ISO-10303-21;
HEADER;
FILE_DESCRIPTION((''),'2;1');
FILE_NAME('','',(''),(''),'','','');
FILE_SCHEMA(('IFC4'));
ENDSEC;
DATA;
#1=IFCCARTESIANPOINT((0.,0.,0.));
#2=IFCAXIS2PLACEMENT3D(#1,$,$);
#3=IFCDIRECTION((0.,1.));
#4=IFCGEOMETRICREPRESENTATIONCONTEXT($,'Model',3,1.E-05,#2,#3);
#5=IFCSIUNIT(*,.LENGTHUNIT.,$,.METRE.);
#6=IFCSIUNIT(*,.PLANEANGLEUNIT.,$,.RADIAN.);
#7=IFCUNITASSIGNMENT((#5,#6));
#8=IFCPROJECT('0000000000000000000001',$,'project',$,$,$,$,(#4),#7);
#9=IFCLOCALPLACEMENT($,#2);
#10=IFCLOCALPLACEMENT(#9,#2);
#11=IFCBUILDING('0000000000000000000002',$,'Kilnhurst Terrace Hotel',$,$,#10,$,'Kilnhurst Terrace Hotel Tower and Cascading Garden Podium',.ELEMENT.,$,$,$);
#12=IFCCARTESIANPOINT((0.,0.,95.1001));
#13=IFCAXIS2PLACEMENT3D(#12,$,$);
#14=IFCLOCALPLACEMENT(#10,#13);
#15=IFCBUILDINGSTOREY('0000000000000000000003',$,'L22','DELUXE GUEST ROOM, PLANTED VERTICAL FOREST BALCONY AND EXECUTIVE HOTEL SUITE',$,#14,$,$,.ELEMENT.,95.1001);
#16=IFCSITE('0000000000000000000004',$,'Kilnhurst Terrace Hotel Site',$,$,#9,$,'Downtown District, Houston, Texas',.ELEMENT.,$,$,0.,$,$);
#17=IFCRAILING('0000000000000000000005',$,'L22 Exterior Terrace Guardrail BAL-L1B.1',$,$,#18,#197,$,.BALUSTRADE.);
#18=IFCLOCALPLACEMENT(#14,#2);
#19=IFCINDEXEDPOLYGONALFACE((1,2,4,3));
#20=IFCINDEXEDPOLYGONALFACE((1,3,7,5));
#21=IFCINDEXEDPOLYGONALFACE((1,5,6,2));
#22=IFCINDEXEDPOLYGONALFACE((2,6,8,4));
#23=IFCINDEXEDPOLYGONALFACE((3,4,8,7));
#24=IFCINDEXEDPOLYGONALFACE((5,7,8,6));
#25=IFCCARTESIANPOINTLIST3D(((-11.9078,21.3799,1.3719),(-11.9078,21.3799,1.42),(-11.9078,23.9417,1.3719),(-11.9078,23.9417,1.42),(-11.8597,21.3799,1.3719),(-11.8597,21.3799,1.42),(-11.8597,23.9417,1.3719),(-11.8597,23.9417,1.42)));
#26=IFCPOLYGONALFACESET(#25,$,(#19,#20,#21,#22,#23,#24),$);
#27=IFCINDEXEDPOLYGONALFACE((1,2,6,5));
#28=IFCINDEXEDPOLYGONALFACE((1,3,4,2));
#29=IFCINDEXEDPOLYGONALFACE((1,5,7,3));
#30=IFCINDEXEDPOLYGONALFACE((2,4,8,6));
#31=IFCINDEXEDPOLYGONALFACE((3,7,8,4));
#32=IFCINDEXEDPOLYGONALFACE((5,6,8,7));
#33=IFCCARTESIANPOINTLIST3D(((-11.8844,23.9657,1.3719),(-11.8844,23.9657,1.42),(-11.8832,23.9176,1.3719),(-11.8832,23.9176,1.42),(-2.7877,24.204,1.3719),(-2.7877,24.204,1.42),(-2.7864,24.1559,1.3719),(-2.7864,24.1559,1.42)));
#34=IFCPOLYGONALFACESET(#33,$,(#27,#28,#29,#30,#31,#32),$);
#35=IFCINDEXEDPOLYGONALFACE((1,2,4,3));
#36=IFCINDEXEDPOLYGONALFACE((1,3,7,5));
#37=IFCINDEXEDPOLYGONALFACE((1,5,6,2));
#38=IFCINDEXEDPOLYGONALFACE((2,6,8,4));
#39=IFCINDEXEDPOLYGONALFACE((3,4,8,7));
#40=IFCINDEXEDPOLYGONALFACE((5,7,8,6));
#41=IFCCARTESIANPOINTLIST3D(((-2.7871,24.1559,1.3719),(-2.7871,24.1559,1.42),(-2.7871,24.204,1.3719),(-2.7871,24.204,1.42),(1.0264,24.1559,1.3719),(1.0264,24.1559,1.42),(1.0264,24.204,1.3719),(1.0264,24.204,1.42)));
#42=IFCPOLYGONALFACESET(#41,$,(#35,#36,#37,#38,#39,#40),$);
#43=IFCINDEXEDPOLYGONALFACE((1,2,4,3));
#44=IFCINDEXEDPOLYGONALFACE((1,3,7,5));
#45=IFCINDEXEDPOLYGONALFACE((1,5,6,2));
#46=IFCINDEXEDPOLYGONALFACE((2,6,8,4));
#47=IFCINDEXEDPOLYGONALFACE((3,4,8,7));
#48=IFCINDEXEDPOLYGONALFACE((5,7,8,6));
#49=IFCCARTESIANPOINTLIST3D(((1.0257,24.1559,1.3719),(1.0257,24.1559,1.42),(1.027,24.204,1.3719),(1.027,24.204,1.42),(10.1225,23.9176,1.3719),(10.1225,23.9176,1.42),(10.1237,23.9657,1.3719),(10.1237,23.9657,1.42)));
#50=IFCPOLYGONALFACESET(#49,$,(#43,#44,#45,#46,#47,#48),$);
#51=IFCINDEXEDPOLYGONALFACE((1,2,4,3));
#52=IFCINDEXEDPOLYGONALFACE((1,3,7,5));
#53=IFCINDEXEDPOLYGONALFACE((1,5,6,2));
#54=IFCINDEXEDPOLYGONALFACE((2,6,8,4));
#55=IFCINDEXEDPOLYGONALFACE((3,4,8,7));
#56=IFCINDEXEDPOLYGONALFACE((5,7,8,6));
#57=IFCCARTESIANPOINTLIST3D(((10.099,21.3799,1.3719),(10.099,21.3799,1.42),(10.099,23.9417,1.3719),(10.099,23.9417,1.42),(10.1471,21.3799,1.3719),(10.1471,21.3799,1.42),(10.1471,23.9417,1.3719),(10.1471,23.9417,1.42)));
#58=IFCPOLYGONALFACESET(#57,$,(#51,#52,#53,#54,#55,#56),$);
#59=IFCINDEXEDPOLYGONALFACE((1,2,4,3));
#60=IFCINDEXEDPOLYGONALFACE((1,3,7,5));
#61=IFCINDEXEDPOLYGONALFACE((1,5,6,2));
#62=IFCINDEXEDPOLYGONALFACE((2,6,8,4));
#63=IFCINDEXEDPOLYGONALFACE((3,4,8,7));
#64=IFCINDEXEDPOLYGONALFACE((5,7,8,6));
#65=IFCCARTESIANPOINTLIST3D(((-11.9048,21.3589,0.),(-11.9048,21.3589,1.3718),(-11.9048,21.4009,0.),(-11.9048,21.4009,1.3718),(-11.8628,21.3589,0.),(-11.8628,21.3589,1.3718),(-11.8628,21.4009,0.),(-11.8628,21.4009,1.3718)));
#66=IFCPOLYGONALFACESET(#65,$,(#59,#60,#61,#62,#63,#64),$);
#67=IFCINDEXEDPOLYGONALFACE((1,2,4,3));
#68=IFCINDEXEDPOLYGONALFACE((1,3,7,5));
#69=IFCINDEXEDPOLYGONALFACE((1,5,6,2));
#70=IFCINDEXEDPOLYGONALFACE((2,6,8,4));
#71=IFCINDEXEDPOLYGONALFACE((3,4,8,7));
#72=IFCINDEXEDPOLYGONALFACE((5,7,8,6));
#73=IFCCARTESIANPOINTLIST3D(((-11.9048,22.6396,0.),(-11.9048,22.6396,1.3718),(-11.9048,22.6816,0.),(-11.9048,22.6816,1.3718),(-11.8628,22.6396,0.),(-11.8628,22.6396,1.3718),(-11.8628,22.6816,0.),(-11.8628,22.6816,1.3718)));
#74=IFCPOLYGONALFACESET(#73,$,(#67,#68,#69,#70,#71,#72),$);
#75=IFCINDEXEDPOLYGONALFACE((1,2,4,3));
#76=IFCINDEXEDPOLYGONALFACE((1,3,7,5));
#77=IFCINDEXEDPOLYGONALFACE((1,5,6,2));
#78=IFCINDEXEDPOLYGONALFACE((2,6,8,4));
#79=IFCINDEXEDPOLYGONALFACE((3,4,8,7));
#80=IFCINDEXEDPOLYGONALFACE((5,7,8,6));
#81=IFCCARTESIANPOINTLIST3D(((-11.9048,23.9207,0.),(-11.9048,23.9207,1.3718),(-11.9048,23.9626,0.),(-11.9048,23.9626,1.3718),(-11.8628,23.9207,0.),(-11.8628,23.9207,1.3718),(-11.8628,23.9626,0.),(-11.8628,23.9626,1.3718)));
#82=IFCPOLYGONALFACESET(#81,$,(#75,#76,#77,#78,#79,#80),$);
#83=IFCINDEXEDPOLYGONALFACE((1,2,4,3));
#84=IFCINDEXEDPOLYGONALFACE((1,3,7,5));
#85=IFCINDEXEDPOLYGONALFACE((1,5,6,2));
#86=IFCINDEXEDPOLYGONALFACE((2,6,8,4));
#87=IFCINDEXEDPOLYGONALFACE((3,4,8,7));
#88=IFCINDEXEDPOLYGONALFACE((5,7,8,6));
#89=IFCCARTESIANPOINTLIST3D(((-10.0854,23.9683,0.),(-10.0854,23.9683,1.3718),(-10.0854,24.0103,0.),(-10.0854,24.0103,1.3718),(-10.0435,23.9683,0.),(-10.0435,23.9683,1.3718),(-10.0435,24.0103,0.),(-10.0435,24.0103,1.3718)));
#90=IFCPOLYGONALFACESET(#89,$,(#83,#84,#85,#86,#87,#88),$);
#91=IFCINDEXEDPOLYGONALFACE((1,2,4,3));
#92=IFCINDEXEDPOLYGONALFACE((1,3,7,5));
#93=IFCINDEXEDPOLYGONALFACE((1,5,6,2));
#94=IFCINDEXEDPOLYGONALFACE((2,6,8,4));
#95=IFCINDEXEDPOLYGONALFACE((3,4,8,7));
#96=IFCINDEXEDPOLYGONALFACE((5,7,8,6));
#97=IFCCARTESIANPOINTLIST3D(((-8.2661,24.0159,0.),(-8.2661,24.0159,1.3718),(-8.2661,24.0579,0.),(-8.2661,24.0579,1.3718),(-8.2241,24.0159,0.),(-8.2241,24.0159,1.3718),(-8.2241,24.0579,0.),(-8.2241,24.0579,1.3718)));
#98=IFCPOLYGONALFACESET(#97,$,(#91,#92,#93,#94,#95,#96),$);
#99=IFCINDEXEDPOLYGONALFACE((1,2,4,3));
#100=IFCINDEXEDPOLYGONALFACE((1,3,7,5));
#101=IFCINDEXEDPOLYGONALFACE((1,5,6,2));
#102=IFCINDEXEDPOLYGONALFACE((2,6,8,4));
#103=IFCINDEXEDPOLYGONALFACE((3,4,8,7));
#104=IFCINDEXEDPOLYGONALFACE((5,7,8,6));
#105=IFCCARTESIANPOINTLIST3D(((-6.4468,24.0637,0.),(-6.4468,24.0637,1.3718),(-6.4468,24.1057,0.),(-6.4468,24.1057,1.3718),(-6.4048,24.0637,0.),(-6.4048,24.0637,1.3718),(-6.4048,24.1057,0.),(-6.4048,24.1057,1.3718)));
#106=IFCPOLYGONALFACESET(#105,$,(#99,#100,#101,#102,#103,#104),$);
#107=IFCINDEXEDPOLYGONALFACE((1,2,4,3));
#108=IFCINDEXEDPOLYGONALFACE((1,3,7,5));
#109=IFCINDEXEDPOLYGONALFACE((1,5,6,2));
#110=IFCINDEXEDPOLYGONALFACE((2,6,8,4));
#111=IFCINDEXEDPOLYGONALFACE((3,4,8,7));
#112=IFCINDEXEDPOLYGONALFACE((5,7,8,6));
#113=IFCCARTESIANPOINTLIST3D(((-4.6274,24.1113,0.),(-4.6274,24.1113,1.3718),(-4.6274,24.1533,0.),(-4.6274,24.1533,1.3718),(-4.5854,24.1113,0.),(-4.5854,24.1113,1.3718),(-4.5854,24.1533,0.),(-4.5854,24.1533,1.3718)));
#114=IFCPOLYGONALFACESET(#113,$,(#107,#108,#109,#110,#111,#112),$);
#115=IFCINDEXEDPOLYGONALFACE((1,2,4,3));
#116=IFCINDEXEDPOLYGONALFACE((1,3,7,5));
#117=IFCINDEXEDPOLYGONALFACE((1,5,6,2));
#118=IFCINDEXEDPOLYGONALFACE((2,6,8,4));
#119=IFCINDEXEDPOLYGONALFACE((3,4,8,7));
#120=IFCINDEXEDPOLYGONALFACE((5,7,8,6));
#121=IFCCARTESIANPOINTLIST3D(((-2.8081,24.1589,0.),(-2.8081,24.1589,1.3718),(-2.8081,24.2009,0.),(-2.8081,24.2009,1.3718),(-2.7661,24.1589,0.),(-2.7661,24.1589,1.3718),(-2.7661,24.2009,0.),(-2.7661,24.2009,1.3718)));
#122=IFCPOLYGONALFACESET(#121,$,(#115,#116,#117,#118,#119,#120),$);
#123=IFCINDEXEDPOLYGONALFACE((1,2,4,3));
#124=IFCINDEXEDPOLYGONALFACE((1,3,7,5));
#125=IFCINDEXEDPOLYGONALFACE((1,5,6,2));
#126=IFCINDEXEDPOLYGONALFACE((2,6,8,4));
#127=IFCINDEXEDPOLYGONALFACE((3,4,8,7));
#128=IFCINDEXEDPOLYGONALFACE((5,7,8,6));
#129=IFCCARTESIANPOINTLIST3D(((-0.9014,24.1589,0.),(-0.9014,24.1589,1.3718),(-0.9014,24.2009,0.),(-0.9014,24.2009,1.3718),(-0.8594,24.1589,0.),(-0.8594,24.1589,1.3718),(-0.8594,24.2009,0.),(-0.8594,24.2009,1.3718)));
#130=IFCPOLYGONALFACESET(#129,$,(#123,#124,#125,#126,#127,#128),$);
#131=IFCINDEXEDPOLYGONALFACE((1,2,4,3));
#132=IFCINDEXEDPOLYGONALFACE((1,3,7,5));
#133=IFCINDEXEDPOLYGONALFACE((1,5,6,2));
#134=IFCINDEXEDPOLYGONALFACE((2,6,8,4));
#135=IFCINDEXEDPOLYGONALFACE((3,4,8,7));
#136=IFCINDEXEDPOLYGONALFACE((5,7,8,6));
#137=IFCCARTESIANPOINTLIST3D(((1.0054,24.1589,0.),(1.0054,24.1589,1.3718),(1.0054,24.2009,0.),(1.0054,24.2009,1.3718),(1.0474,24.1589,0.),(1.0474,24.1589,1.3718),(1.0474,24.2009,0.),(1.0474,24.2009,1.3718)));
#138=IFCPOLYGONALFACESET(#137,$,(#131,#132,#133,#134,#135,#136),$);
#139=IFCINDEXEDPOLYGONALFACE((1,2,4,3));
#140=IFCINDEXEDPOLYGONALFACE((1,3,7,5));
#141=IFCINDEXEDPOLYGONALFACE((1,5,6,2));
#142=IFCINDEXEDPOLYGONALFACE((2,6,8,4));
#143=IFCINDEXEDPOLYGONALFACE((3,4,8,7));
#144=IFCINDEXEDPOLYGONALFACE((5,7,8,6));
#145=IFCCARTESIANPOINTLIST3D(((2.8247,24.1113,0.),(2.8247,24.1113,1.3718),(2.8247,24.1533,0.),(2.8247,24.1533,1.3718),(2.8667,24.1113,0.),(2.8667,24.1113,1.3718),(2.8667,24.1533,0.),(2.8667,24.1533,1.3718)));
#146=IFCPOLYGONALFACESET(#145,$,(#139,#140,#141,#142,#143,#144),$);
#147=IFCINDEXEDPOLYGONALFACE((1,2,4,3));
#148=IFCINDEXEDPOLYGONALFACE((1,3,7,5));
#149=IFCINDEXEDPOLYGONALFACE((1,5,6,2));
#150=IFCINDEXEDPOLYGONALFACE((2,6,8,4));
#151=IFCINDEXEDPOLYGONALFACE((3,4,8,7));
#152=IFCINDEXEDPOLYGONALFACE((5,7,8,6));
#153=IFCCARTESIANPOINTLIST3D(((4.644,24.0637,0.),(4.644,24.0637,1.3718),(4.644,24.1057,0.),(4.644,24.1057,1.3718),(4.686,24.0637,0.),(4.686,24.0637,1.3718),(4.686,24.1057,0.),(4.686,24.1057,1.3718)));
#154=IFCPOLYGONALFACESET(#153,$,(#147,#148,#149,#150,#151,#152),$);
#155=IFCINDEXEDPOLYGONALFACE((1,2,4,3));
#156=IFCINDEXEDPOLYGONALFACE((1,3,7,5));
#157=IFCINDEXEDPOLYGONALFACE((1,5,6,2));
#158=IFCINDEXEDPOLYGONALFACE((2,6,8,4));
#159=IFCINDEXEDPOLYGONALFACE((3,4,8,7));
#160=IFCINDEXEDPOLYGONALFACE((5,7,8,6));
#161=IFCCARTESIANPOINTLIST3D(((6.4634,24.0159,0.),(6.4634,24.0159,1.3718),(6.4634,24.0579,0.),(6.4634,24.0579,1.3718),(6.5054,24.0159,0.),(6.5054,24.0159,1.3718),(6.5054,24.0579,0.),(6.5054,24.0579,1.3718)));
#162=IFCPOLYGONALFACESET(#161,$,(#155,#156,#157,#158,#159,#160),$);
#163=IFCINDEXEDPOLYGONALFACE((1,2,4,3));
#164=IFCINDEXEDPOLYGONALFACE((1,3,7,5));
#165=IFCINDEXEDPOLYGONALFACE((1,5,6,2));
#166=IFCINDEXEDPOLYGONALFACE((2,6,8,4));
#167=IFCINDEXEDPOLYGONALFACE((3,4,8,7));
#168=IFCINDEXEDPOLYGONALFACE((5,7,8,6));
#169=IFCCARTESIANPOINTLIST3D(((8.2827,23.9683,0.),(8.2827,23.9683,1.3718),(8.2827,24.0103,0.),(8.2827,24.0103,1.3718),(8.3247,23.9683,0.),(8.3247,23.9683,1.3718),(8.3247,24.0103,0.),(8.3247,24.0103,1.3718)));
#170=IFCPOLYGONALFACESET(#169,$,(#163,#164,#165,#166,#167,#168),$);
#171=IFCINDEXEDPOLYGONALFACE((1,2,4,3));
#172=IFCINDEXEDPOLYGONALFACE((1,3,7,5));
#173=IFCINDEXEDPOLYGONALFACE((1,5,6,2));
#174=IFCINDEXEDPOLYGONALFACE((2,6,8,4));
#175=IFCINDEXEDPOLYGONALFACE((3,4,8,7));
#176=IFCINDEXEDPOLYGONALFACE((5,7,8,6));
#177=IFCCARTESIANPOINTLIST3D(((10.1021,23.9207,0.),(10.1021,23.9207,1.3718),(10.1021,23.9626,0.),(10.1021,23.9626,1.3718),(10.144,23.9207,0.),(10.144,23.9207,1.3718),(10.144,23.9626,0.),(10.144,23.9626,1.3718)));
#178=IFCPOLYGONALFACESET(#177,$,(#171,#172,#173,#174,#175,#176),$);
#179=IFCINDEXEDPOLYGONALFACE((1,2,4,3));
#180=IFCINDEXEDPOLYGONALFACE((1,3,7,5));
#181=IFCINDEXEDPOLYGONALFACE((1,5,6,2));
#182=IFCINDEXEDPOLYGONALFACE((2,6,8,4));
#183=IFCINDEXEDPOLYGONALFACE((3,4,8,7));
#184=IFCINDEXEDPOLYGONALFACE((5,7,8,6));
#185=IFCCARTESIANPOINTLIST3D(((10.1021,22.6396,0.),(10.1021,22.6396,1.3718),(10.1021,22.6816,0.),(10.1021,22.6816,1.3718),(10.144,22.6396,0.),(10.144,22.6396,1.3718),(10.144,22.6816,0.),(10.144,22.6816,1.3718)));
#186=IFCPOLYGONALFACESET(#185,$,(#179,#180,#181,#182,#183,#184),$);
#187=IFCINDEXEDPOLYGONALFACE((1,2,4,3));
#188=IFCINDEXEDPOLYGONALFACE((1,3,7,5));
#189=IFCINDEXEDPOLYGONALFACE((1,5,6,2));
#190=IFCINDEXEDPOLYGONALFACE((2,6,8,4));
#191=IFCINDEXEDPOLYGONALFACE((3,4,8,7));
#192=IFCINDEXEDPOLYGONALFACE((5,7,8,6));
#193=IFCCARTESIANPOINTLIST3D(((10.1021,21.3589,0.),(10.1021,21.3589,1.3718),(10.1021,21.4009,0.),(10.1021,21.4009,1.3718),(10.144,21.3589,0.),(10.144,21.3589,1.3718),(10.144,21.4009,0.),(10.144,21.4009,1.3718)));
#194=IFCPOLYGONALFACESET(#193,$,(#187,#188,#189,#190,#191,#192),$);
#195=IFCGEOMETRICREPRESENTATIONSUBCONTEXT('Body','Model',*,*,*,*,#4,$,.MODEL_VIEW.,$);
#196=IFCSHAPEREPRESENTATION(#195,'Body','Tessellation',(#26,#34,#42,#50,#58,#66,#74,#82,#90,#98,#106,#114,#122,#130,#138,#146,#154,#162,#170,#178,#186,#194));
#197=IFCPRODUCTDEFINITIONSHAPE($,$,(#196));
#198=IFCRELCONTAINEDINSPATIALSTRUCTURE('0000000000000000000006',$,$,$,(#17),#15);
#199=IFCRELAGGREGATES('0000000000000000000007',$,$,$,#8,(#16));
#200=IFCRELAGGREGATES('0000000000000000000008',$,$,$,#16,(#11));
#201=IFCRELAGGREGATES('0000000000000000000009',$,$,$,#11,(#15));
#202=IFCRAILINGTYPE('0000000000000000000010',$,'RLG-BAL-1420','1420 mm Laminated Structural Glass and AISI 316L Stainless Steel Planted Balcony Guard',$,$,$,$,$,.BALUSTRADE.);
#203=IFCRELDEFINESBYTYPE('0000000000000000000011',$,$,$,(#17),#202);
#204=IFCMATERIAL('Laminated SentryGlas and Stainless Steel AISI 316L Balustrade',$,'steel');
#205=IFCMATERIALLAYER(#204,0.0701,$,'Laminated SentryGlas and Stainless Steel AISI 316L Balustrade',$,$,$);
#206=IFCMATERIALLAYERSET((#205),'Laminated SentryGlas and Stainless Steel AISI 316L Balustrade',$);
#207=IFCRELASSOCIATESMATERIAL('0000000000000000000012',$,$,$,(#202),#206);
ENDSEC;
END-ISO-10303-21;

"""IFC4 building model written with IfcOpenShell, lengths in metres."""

from ifc_helpers import new_model, si_unit, direction, frame, origin, origin_2d, place, context, subcontext, project, spatial, rectangle, extrude, material, layer, layer_set, type_object, element, save


model = new_model("IFC4")

# Units and contexts
model_context = context("Model", 3, precision=1e-05, world=origin(), true_north=direction((0.0, 1.0)))
body_context = subcontext(model_context, "Body", "Model", "MODEL_VIEW")
ifc_project = project(units=[si_unit("LENGTHUNIT", "METRE"), si_unit("PLANEANGLEUNIT", "RADIAN")], contexts=[model_context])

# Site, building, storey
site_placement = place(None, origin())
site = spatial("IfcSite", under=ifc_project, at=site_placement, Name="Kilnhurst Terrace Hotel Site", LongName="Downtown District, Houston, Texas", CompositionType="ELEMENT", RefElevation=0.0)
building_placement = place(site_placement, origin())
building = spatial("IfcBuilding", under=site, at=building_placement, Name="Kilnhurst Terrace Hotel", LongName="Kilnhurst Terrace Hotel Tower and Cascading Garden Podium", CompositionType="ELEMENT")
storey_placement = place(building_placement, frame((0.0, 0.0, 95.1001)))
storey = spatial("IfcBuildingStorey", under=building, at=storey_placement, Name="L22", Description="DELUXE GUEST ROOM, PLANTED VERTICAL FOREST BALCONY AND EXECUTIVE HOTEL SUITE", CompositionType="ELEMENT", Elevation=95.1001)

# Railing
ifc_material_1 = material(Name="Laminated SentryGlas and Stainless Steel AISI 316L Balustrade", Category="steel")
ifc_layer_1 = layer(ifc_material_1, 0.0701, Name="Laminated SentryGlas and Stainless Steel AISI 316L Balustrade")
ifc_layer_set_1 = layer_set([ifc_layer_1], Name="Laminated SentryGlas and Stainless Steel AISI 316L Balustrade")
railing_type = type_object("IfcRailingType", Name="RLG-BAL-1420", Description="1420 mm Laminated Structural Glass and AISI 316L Stainless Steel Planted Balcony Guard", PredefinedType="BALUSTRADE", material=ifc_layer_set_1)
railing_placement = place(storey_placement, frame((-11.8838, 21.3799, 0.0)))
element("IfcRailing", 1, at=railing_placement, inside=storey, type_object=railing_type, Name="L22 Exterior Terrace Guardrail BAL-L1B.1", PredefinedType="BALUSTRADE", context=body_context, shape_type="SweptSolid", body=[
    extrude(rectangle(XDim=0.0481, YDim=0.0481, at=origin_2d()), frame((0.0, 0.0, 1.396), z_axis=(0.0, 1.0, 0.0), x_axis=(-1.0, 0.0, 0.0)), (0.0, 0.0, 1.0), 2.5618),
    extrude(rectangle(XDim=0.0481, YDim=0.0481, at=origin_2d()), frame((0.0, 2.5618, 1.396), z_axis=(0.999657, 0.026185, 0.0), x_axis=(-0.026185, 0.999657, 0.0)), (0.0, 0.0, 1.0), 9.0999),
    extrude(rectangle(XDim=0.0481, YDim=0.0481, at=origin_2d()), frame((9.0967, 2.8, 1.396), z_axis=(1.0, 0.0, 0.0), x_axis=(0.0, 1.0, 0.0)), (0.0, 0.0, 1.0), 3.8135),
    extrude(rectangle(XDim=0.0481, YDim=0.0481, at=origin_2d()), frame((12.9102, 2.8, 1.396), z_axis=(0.999657, -0.026185, 0.0), x_axis=(0.026185, 0.999657, 0.0)), (0.0, 0.0, 1.0), 9.0999),
    extrude(rectangle(XDim=0.0481, YDim=0.0481, at=origin_2d()), frame((22.0068, 2.5618, 1.396), z_axis=(0.0, -1.0, 0.0), x_axis=(1.0, 0.0, 0.0)), (0.0, 0.0, 1.0), 2.5618),
    extrude(rectangle(XDim=0.042, YDim=0.042, at=origin_2d()), origin(), (0.0, 0.0, 1.0), 1.3718),
    extrude(rectangle(XDim=0.042, YDim=0.042, at=origin_2d()), frame((0.0, 1.2808, 0.0)), (0.0, 0.0, 1.0), 1.3718),
    extrude(rectangle(XDim=0.042, YDim=0.042, at=origin_2d()), frame((0.0, 2.5618, 0.0)), (0.0, 0.0, 1.0), 1.3718),
    extrude(rectangle(XDim=0.042, YDim=0.042, at=origin_2d()), frame((1.8193, 2.6094, 0.0)), (0.0, 0.0, 1.0), 1.3718),
    extrude(rectangle(XDim=0.042, YDim=0.042, at=origin_2d()), frame((3.6387, 2.657, 0.0)), (0.0, 0.0, 1.0), 1.3718),
    extrude(rectangle(XDim=0.042, YDim=0.042, at=origin_2d()), frame((5.458, 2.7048, 0.0)), (0.0, 0.0, 1.0), 1.3718),
    extrude(rectangle(XDim=0.042, YDim=0.042, at=origin_2d()), frame((7.2773, 2.7524, 0.0)), (0.0, 0.0, 1.0), 1.3718),
    extrude(rectangle(XDim=0.042, YDim=0.042, at=origin_2d()), frame((9.0967, 2.8, 0.0)), (0.0, 0.0, 1.0), 1.3718),
    extrude(rectangle(XDim=0.042, YDim=0.042, at=origin_2d()), frame((11.0034, 2.8, 0.0)), (0.0, 0.0, 1.0), 1.3718),
    extrude(rectangle(XDim=0.042, YDim=0.042, at=origin_2d()), frame((12.9102, 2.8, 0.0)), (0.0, 0.0, 1.0), 1.3718),
    extrude(rectangle(XDim=0.042, YDim=0.042, at=origin_2d()), frame((14.7295, 2.7524, 0.0)), (0.0, 0.0, 1.0), 1.3718),
    extrude(rectangle(XDim=0.042, YDim=0.042, at=origin_2d()), frame((16.5488, 2.7048, 0.0)), (0.0, 0.0, 1.0), 1.3718),
    extrude(rectangle(XDim=0.042, YDim=0.042, at=origin_2d()), frame((18.3682, 2.657, 0.0)), (0.0, 0.0, 1.0), 1.3718),
    extrude(rectangle(XDim=0.042, YDim=0.042, at=origin_2d()), frame((20.1875, 2.6094, 0.0)), (0.0, 0.0, 1.0), 1.3718),
    extrude(rectangle(XDim=0.042, YDim=0.042, at=origin_2d()), frame((22.0068, 2.5618, 0.0)), (0.0, 0.0, 1.0), 1.3718),
    extrude(rectangle(XDim=0.042, YDim=0.042, at=origin_2d()), frame((22.0068, 1.2808, 0.0)), (0.0, 0.0, 1.0), 1.3718),
    extrude(rectangle(XDim=0.042, YDim=0.042, at=origin_2d()), frame((22.0068, 0.0, 0.0)), (0.0, 0.0, 1.0), 1.3718),
])

save(model, "model.ifc")
